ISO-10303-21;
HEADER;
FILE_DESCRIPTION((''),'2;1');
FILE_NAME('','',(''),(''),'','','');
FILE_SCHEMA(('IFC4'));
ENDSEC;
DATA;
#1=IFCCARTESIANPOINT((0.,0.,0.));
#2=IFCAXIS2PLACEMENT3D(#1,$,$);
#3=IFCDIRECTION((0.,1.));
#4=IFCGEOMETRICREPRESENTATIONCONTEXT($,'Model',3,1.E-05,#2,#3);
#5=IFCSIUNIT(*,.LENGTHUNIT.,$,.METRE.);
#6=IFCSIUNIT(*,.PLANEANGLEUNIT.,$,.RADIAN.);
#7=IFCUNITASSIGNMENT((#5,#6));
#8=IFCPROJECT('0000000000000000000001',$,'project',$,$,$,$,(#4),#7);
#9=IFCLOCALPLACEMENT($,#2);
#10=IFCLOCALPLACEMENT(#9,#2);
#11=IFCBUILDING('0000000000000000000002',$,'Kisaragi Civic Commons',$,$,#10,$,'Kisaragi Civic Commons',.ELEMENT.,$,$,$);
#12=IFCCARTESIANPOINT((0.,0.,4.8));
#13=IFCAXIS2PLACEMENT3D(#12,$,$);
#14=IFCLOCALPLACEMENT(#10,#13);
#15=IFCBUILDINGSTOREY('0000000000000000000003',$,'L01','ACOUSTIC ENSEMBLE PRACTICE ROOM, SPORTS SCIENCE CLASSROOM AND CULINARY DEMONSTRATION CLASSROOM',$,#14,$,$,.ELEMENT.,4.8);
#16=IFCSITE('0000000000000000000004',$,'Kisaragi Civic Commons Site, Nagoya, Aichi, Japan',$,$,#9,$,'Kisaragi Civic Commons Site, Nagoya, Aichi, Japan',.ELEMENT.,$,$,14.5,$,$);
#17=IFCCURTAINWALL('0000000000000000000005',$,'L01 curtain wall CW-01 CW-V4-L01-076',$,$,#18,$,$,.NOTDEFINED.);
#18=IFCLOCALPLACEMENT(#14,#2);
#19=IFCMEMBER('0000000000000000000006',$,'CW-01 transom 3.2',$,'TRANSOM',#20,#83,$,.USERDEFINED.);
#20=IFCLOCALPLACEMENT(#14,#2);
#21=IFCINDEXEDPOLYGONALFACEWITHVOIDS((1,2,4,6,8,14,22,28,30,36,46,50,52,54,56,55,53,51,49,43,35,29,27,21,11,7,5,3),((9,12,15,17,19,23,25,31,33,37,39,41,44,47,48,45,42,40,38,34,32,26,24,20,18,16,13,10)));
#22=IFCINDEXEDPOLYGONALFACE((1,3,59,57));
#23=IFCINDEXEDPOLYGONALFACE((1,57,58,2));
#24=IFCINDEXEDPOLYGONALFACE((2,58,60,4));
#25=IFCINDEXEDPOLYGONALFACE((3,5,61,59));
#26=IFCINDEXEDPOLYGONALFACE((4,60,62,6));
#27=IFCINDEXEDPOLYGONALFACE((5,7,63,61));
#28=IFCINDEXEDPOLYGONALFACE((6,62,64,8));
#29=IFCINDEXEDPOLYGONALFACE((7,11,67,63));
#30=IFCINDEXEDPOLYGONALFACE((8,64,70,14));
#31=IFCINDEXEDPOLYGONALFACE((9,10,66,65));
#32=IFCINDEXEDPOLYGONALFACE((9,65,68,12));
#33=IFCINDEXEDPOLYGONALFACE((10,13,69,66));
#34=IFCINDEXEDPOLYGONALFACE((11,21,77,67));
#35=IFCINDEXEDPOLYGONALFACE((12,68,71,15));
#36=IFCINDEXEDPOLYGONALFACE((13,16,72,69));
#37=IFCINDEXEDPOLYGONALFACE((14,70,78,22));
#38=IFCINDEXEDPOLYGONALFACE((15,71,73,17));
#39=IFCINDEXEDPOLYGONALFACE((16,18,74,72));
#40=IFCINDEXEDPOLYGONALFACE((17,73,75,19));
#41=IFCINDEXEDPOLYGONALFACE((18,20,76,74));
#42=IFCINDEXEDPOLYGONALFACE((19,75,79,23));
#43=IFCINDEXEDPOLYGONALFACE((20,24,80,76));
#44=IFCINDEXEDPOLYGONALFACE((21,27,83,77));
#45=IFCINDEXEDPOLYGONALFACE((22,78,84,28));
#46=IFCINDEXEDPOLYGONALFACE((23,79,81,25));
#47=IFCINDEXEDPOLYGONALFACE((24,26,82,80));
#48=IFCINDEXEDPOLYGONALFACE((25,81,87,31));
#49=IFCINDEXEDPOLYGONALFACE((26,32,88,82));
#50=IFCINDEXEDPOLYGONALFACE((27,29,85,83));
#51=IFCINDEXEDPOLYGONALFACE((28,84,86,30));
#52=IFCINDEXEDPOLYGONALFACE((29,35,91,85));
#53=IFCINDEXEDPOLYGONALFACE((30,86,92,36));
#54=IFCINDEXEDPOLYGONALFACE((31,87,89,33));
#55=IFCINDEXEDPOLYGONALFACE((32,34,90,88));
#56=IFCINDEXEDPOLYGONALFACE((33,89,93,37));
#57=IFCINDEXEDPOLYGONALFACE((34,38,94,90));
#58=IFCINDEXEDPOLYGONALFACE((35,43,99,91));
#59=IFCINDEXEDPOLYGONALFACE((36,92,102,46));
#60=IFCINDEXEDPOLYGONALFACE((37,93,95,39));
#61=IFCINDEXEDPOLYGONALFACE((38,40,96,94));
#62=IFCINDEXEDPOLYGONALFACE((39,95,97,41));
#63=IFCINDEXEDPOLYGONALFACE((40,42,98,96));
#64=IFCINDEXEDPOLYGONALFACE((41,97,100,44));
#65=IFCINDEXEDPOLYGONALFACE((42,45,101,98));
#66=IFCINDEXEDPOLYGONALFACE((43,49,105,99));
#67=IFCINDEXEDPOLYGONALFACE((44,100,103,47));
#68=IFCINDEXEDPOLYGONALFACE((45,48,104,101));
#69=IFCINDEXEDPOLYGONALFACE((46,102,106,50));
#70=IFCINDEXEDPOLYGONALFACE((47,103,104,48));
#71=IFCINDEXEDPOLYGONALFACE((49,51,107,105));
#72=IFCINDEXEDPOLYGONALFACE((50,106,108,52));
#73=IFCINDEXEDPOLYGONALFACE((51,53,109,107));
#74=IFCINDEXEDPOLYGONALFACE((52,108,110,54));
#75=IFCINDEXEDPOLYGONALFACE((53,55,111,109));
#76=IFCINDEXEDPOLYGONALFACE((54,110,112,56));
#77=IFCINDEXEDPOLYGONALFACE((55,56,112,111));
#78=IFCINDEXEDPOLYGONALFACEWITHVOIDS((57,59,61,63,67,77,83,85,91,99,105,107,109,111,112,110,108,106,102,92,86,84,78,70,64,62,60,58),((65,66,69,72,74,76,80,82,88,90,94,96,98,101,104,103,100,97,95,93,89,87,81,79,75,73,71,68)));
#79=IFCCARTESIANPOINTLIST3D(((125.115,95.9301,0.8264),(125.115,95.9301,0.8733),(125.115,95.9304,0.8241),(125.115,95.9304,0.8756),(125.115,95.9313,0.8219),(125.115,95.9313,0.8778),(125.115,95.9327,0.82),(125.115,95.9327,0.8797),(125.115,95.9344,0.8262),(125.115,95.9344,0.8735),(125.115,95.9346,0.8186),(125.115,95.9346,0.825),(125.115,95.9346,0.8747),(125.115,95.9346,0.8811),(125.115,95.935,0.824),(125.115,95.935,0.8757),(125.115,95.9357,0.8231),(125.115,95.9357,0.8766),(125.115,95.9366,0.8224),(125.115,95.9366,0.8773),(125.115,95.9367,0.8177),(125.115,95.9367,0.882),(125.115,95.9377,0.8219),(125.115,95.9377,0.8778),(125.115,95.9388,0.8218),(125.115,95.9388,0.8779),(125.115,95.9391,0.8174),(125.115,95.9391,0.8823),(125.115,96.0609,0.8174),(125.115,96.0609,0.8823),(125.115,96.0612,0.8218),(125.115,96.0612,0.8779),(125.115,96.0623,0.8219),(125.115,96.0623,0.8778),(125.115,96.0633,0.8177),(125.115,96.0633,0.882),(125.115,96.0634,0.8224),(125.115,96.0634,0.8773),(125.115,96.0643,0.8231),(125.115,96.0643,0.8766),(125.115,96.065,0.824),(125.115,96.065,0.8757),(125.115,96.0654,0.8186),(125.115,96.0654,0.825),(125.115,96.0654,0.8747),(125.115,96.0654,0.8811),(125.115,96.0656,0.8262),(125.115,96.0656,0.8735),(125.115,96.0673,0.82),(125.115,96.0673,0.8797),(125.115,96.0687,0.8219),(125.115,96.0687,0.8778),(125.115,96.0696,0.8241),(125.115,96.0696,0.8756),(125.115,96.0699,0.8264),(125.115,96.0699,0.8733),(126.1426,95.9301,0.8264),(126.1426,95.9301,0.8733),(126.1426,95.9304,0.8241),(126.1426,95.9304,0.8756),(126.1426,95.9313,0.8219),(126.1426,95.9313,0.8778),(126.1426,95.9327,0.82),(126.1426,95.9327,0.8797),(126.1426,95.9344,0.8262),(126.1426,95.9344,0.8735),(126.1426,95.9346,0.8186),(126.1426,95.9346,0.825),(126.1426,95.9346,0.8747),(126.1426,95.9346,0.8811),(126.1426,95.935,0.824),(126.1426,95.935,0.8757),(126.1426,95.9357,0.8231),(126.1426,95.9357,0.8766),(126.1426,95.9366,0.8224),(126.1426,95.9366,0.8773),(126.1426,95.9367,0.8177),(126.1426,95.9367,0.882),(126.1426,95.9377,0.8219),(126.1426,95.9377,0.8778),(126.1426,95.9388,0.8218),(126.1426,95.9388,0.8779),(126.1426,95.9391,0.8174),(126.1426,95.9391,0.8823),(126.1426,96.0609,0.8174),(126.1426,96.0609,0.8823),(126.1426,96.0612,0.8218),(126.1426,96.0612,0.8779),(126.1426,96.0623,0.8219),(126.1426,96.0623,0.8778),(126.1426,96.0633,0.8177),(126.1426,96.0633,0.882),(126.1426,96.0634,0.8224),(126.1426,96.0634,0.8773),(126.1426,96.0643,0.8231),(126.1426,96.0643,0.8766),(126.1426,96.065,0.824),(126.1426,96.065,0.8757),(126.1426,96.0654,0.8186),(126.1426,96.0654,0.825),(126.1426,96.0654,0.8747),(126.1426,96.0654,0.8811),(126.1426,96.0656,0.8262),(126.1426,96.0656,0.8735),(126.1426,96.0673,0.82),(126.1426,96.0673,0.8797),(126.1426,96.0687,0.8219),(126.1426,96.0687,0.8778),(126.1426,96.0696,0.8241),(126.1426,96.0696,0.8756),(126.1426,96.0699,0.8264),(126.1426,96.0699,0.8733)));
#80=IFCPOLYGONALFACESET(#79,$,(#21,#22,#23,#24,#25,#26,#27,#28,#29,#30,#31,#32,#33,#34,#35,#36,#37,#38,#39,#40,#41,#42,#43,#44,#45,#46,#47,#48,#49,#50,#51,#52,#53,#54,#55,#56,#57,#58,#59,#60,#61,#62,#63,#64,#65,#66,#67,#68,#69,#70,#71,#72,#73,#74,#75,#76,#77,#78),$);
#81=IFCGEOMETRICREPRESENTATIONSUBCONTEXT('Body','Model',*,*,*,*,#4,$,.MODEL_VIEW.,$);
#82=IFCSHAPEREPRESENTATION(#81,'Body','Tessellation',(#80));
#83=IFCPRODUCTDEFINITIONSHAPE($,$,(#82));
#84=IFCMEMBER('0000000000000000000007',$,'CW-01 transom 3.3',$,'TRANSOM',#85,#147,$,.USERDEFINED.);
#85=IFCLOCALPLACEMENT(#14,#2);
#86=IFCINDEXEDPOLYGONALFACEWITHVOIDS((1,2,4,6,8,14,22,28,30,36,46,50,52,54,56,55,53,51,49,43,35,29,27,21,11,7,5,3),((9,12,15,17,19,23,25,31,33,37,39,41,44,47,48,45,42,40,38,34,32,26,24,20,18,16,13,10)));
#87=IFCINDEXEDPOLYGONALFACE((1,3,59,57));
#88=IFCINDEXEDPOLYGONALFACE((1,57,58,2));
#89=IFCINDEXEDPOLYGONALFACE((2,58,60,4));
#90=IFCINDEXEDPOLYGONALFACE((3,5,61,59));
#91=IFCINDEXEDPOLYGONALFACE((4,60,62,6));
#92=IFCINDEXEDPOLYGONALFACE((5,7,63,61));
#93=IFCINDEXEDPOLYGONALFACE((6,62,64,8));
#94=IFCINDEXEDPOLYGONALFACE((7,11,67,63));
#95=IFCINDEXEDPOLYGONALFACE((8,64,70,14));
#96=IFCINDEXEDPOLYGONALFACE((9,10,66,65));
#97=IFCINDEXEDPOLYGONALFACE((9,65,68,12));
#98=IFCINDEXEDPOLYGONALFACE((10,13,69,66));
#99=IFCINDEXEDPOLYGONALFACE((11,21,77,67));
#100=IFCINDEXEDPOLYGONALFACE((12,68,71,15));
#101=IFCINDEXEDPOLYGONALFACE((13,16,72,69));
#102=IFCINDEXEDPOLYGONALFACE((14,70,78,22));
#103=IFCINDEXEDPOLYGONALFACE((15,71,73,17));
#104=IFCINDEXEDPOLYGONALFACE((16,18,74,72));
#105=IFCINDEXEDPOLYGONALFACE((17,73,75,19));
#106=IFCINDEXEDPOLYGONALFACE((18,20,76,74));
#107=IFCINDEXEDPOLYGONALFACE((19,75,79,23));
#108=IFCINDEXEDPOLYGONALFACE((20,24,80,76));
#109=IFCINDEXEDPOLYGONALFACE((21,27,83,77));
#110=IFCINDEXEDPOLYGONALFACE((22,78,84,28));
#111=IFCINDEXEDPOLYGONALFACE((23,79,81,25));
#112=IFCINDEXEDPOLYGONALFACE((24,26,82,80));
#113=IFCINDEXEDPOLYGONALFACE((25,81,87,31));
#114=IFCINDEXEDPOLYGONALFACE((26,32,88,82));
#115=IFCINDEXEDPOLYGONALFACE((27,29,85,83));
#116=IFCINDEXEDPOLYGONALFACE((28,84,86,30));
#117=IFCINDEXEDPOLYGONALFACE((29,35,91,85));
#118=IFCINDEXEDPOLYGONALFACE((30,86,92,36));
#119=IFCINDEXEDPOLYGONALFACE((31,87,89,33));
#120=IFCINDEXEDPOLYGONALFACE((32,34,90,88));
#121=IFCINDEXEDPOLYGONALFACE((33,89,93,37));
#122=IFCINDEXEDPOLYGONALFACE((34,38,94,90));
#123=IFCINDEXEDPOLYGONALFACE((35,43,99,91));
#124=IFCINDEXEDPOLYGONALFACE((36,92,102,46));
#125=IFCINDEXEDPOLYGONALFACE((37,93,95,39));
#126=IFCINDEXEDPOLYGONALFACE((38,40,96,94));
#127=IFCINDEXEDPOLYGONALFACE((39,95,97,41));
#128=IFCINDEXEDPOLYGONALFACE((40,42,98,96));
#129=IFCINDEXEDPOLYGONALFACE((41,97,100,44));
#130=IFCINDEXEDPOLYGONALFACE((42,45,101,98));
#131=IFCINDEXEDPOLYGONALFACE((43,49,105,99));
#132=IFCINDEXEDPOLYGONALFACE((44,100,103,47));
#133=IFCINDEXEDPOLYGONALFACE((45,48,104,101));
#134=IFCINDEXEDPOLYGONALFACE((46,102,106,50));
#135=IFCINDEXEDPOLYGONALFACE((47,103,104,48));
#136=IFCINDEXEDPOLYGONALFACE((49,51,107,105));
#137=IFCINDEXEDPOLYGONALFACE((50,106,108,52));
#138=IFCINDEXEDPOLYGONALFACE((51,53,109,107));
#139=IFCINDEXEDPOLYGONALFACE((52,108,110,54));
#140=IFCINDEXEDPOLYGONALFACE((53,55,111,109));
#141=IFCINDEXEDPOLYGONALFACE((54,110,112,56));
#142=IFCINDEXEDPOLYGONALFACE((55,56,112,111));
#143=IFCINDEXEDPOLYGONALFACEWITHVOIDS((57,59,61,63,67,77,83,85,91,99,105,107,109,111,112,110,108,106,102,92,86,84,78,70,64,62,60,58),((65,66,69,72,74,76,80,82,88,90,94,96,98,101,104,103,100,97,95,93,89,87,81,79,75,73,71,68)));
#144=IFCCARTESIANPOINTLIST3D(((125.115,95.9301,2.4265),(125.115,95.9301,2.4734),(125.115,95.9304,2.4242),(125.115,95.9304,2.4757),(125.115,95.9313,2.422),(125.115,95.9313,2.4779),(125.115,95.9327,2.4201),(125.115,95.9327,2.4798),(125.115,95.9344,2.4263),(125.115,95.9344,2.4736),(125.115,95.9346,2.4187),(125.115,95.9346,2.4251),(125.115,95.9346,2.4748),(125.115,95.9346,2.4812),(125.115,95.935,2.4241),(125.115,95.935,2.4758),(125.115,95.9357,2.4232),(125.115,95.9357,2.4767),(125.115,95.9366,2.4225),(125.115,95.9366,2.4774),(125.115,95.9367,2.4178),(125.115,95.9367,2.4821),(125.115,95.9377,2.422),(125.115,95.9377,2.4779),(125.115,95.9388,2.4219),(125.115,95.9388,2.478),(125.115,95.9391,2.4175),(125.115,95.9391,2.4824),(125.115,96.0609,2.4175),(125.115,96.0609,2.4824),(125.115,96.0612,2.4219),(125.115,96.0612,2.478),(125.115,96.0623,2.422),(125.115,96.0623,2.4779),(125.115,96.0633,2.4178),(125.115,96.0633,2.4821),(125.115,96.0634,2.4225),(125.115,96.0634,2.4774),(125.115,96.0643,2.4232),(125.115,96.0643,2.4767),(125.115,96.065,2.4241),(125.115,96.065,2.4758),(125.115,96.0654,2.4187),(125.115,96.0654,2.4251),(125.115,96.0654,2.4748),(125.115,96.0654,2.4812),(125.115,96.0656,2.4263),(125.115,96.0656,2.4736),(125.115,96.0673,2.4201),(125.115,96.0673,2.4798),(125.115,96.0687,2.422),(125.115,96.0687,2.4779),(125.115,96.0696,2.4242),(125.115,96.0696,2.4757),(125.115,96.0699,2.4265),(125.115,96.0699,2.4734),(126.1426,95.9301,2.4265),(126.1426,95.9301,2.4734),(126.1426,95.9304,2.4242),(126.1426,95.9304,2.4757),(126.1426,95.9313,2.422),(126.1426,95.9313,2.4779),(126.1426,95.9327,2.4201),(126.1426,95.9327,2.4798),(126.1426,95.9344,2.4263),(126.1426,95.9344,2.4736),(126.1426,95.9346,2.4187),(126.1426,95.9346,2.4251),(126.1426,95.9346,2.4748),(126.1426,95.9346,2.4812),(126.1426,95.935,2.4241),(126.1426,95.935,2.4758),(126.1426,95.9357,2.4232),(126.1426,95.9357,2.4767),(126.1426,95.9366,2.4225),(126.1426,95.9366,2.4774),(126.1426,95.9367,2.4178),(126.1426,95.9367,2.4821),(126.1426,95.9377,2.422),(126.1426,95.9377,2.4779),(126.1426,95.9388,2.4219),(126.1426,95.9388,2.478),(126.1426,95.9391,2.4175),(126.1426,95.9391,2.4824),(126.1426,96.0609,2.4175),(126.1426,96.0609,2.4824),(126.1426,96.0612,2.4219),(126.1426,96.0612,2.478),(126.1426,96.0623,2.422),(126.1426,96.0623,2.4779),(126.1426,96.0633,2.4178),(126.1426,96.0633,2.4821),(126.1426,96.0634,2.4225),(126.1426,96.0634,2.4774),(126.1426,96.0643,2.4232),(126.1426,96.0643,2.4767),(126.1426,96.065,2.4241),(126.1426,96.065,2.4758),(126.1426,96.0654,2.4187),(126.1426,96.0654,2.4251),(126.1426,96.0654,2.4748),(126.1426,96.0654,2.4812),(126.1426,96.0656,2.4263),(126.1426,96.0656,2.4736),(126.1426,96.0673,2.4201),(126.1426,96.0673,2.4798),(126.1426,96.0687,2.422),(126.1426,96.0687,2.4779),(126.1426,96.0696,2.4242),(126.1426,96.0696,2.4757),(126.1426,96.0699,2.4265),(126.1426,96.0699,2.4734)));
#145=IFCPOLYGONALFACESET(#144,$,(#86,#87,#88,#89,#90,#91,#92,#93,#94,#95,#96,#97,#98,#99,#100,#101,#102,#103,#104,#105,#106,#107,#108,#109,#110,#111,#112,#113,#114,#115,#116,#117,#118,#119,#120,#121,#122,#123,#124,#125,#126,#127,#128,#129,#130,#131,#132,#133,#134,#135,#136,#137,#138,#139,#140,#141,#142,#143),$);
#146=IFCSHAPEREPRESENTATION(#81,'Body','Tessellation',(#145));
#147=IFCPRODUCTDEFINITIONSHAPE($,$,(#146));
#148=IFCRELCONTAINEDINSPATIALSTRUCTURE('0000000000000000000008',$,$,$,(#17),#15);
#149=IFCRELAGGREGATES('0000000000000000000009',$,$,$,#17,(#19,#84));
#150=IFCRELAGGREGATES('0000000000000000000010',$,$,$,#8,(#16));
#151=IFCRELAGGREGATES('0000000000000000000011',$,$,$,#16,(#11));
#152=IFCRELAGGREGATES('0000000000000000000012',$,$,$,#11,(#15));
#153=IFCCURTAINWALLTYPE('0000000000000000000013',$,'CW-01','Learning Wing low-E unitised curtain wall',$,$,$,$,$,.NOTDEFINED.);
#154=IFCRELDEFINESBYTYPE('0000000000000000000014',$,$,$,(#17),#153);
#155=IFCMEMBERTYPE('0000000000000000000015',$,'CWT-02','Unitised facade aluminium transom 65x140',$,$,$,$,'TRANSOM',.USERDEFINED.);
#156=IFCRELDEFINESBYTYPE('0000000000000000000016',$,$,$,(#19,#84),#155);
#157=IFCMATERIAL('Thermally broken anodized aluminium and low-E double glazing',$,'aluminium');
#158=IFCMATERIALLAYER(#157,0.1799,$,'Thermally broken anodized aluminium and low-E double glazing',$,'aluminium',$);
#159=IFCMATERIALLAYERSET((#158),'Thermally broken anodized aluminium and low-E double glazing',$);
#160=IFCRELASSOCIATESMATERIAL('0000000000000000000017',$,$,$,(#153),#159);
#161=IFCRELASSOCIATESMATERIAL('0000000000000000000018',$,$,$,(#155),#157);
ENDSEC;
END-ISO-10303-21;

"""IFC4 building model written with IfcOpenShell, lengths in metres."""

from ifc_helpers import new_model, si_unit, direction, frame, origin, origin_2d, place, context, subcontext, project, spatial, hollow_rectangle, extrude, material, layer, layer_set, material_profile, profile_set, type_object, element, aggregate, save


model = new_model("IFC4")

# Units and contexts
model_context = context("Model", 3, precision=1e-05, world=origin(), true_north=direction((0.0, 1.0)))
body_context = subcontext(model_context, "Body", "Model", "MODEL_VIEW")
ifc_project = project(units=[si_unit("LENGTHUNIT", "METRE"), si_unit("PLANEANGLEUNIT", "RADIAN")], contexts=[model_context])

# Site, building, storey
site_placement = place(None, origin())
site = spatial("IfcSite", under=ifc_project, at=site_placement, Name="Kisaragi Civic Commons Site, Nagoya, Aichi, Japan", LongName="Kisaragi Civic Commons Site, Nagoya, Aichi, Japan", CompositionType="ELEMENT", RefElevation=14.5)
building_placement = place(site_placement, origin())
building = spatial("IfcBuilding", under=site, at=building_placement, Name="Kisaragi Civic Commons", LongName="Kisaragi Civic Commons", CompositionType="ELEMENT")
storey_placement = place(building_placement, frame((0.0, 0.0, 4.8)))
storey = spatial("IfcBuildingStorey", under=building, at=storey_placement, Name="L01", Description="ACOUSTIC ENSEMBLE PRACTICE ROOM, SPORTS SCIENCE CLASSROOM AND CULINARY DEMONSTRATION CLASSROOM", CompositionType="ELEMENT", Elevation=4.8)

# Curtain wall, members
ifc_material_1 = material(Name="Thermally broken anodized aluminium and low-E double glazing", Category="aluminium")
ifc_layer_1 = layer(ifc_material_1, 0.1799, Name="Thermally broken anodized aluminium and low-E double glazing", Category="aluminium")
ifc_layer_set_1 = layer_set([ifc_layer_1], Name="Thermally broken anodized aluminium and low-E double glazing")
curtain_wall_type = type_object("IfcCurtainWallType", Name="CW-01", Description="Learning Wing low-E unitised curtain wall", PredefinedType="NOTDEFINED", material=ifc_layer_set_1)
curtain_wall_placement = place(storey_placement, origin())
curtain_wall = element("IfcCurtainWall", 1, at=curtain_wall_placement, inside=storey, type_object=curtain_wall_type, Name="L01 curtain wall CW-01 CW-V4-L01-076", PredefinedType="NOTDEFINED")
ifc_material_profile_1 = material_profile(ifc_material_1, hollow_rectangle(XDim=0.1399, YDim=0.0649, WallThickness=0.0044, InnerFilletRadius=0.0044, OuterFilletRadius=0.009, at=origin_2d()), Name="CWT-65x140x4.5", Category="aluminium")
ifc_profile_set_1 = profile_set([ifc_material_profile_1], Name="Thermally broken anodized aluminium and low-E double glazing")
member_type_1 = type_object("IfcMemberType", Name="CWT-02", Description="Unitised facade aluminium transom 65x140", ElementType="TRANSOM", PredefinedType="USERDEFINED", material=ifc_profile_set_1)
member_1_placement = place(storey_placement, frame((126.1426, 96.0, 0.8499), z_axis=(-1.0, 0.0, 0.0), x_axis=(0.0, -1.0, 0.0)))
member_1 = element("IfcMember", 2, at=member_1_placement, type_object=member_type_1, Name="CW-01 transom 3.2", ObjectType="TRANSOM", PredefinedType="USERDEFINED", context=body_context, shape_type="SweptSolid", body=[
    extrude(hollow_rectangle(XDim=0.1399, YDim=0.0649, WallThickness=0.0044, InnerFilletRadius=0.0044, OuterFilletRadius=0.009, at=origin_2d()), origin(), (0.0, 0.0, 1.0), 1.0276),
])
member_2_placement = place(storey_placement, frame((126.1426, 96.0, 2.45), z_axis=(-1.0, 0.0, 0.0), x_axis=(0.0, -1.0, 0.0)))
member_2 = element("IfcMember", 3, at=member_2_placement, type_object=member_type_1, Name="CW-01 transom 3.3", ObjectType="TRANSOM", PredefinedType="USERDEFINED", context=body_context, shape_type="SweptSolid", body=[
    extrude(hollow_rectangle(XDim=0.1399, YDim=0.0649, WallThickness=0.0044, InnerFilletRadius=0.0044, OuterFilletRadius=0.009, at=origin_2d()), origin(), (0.0, 0.0, 1.0), 1.0276),
])

aggregate(curtain_wall, [member_1, member_2])

save(model, "model.ifc")
